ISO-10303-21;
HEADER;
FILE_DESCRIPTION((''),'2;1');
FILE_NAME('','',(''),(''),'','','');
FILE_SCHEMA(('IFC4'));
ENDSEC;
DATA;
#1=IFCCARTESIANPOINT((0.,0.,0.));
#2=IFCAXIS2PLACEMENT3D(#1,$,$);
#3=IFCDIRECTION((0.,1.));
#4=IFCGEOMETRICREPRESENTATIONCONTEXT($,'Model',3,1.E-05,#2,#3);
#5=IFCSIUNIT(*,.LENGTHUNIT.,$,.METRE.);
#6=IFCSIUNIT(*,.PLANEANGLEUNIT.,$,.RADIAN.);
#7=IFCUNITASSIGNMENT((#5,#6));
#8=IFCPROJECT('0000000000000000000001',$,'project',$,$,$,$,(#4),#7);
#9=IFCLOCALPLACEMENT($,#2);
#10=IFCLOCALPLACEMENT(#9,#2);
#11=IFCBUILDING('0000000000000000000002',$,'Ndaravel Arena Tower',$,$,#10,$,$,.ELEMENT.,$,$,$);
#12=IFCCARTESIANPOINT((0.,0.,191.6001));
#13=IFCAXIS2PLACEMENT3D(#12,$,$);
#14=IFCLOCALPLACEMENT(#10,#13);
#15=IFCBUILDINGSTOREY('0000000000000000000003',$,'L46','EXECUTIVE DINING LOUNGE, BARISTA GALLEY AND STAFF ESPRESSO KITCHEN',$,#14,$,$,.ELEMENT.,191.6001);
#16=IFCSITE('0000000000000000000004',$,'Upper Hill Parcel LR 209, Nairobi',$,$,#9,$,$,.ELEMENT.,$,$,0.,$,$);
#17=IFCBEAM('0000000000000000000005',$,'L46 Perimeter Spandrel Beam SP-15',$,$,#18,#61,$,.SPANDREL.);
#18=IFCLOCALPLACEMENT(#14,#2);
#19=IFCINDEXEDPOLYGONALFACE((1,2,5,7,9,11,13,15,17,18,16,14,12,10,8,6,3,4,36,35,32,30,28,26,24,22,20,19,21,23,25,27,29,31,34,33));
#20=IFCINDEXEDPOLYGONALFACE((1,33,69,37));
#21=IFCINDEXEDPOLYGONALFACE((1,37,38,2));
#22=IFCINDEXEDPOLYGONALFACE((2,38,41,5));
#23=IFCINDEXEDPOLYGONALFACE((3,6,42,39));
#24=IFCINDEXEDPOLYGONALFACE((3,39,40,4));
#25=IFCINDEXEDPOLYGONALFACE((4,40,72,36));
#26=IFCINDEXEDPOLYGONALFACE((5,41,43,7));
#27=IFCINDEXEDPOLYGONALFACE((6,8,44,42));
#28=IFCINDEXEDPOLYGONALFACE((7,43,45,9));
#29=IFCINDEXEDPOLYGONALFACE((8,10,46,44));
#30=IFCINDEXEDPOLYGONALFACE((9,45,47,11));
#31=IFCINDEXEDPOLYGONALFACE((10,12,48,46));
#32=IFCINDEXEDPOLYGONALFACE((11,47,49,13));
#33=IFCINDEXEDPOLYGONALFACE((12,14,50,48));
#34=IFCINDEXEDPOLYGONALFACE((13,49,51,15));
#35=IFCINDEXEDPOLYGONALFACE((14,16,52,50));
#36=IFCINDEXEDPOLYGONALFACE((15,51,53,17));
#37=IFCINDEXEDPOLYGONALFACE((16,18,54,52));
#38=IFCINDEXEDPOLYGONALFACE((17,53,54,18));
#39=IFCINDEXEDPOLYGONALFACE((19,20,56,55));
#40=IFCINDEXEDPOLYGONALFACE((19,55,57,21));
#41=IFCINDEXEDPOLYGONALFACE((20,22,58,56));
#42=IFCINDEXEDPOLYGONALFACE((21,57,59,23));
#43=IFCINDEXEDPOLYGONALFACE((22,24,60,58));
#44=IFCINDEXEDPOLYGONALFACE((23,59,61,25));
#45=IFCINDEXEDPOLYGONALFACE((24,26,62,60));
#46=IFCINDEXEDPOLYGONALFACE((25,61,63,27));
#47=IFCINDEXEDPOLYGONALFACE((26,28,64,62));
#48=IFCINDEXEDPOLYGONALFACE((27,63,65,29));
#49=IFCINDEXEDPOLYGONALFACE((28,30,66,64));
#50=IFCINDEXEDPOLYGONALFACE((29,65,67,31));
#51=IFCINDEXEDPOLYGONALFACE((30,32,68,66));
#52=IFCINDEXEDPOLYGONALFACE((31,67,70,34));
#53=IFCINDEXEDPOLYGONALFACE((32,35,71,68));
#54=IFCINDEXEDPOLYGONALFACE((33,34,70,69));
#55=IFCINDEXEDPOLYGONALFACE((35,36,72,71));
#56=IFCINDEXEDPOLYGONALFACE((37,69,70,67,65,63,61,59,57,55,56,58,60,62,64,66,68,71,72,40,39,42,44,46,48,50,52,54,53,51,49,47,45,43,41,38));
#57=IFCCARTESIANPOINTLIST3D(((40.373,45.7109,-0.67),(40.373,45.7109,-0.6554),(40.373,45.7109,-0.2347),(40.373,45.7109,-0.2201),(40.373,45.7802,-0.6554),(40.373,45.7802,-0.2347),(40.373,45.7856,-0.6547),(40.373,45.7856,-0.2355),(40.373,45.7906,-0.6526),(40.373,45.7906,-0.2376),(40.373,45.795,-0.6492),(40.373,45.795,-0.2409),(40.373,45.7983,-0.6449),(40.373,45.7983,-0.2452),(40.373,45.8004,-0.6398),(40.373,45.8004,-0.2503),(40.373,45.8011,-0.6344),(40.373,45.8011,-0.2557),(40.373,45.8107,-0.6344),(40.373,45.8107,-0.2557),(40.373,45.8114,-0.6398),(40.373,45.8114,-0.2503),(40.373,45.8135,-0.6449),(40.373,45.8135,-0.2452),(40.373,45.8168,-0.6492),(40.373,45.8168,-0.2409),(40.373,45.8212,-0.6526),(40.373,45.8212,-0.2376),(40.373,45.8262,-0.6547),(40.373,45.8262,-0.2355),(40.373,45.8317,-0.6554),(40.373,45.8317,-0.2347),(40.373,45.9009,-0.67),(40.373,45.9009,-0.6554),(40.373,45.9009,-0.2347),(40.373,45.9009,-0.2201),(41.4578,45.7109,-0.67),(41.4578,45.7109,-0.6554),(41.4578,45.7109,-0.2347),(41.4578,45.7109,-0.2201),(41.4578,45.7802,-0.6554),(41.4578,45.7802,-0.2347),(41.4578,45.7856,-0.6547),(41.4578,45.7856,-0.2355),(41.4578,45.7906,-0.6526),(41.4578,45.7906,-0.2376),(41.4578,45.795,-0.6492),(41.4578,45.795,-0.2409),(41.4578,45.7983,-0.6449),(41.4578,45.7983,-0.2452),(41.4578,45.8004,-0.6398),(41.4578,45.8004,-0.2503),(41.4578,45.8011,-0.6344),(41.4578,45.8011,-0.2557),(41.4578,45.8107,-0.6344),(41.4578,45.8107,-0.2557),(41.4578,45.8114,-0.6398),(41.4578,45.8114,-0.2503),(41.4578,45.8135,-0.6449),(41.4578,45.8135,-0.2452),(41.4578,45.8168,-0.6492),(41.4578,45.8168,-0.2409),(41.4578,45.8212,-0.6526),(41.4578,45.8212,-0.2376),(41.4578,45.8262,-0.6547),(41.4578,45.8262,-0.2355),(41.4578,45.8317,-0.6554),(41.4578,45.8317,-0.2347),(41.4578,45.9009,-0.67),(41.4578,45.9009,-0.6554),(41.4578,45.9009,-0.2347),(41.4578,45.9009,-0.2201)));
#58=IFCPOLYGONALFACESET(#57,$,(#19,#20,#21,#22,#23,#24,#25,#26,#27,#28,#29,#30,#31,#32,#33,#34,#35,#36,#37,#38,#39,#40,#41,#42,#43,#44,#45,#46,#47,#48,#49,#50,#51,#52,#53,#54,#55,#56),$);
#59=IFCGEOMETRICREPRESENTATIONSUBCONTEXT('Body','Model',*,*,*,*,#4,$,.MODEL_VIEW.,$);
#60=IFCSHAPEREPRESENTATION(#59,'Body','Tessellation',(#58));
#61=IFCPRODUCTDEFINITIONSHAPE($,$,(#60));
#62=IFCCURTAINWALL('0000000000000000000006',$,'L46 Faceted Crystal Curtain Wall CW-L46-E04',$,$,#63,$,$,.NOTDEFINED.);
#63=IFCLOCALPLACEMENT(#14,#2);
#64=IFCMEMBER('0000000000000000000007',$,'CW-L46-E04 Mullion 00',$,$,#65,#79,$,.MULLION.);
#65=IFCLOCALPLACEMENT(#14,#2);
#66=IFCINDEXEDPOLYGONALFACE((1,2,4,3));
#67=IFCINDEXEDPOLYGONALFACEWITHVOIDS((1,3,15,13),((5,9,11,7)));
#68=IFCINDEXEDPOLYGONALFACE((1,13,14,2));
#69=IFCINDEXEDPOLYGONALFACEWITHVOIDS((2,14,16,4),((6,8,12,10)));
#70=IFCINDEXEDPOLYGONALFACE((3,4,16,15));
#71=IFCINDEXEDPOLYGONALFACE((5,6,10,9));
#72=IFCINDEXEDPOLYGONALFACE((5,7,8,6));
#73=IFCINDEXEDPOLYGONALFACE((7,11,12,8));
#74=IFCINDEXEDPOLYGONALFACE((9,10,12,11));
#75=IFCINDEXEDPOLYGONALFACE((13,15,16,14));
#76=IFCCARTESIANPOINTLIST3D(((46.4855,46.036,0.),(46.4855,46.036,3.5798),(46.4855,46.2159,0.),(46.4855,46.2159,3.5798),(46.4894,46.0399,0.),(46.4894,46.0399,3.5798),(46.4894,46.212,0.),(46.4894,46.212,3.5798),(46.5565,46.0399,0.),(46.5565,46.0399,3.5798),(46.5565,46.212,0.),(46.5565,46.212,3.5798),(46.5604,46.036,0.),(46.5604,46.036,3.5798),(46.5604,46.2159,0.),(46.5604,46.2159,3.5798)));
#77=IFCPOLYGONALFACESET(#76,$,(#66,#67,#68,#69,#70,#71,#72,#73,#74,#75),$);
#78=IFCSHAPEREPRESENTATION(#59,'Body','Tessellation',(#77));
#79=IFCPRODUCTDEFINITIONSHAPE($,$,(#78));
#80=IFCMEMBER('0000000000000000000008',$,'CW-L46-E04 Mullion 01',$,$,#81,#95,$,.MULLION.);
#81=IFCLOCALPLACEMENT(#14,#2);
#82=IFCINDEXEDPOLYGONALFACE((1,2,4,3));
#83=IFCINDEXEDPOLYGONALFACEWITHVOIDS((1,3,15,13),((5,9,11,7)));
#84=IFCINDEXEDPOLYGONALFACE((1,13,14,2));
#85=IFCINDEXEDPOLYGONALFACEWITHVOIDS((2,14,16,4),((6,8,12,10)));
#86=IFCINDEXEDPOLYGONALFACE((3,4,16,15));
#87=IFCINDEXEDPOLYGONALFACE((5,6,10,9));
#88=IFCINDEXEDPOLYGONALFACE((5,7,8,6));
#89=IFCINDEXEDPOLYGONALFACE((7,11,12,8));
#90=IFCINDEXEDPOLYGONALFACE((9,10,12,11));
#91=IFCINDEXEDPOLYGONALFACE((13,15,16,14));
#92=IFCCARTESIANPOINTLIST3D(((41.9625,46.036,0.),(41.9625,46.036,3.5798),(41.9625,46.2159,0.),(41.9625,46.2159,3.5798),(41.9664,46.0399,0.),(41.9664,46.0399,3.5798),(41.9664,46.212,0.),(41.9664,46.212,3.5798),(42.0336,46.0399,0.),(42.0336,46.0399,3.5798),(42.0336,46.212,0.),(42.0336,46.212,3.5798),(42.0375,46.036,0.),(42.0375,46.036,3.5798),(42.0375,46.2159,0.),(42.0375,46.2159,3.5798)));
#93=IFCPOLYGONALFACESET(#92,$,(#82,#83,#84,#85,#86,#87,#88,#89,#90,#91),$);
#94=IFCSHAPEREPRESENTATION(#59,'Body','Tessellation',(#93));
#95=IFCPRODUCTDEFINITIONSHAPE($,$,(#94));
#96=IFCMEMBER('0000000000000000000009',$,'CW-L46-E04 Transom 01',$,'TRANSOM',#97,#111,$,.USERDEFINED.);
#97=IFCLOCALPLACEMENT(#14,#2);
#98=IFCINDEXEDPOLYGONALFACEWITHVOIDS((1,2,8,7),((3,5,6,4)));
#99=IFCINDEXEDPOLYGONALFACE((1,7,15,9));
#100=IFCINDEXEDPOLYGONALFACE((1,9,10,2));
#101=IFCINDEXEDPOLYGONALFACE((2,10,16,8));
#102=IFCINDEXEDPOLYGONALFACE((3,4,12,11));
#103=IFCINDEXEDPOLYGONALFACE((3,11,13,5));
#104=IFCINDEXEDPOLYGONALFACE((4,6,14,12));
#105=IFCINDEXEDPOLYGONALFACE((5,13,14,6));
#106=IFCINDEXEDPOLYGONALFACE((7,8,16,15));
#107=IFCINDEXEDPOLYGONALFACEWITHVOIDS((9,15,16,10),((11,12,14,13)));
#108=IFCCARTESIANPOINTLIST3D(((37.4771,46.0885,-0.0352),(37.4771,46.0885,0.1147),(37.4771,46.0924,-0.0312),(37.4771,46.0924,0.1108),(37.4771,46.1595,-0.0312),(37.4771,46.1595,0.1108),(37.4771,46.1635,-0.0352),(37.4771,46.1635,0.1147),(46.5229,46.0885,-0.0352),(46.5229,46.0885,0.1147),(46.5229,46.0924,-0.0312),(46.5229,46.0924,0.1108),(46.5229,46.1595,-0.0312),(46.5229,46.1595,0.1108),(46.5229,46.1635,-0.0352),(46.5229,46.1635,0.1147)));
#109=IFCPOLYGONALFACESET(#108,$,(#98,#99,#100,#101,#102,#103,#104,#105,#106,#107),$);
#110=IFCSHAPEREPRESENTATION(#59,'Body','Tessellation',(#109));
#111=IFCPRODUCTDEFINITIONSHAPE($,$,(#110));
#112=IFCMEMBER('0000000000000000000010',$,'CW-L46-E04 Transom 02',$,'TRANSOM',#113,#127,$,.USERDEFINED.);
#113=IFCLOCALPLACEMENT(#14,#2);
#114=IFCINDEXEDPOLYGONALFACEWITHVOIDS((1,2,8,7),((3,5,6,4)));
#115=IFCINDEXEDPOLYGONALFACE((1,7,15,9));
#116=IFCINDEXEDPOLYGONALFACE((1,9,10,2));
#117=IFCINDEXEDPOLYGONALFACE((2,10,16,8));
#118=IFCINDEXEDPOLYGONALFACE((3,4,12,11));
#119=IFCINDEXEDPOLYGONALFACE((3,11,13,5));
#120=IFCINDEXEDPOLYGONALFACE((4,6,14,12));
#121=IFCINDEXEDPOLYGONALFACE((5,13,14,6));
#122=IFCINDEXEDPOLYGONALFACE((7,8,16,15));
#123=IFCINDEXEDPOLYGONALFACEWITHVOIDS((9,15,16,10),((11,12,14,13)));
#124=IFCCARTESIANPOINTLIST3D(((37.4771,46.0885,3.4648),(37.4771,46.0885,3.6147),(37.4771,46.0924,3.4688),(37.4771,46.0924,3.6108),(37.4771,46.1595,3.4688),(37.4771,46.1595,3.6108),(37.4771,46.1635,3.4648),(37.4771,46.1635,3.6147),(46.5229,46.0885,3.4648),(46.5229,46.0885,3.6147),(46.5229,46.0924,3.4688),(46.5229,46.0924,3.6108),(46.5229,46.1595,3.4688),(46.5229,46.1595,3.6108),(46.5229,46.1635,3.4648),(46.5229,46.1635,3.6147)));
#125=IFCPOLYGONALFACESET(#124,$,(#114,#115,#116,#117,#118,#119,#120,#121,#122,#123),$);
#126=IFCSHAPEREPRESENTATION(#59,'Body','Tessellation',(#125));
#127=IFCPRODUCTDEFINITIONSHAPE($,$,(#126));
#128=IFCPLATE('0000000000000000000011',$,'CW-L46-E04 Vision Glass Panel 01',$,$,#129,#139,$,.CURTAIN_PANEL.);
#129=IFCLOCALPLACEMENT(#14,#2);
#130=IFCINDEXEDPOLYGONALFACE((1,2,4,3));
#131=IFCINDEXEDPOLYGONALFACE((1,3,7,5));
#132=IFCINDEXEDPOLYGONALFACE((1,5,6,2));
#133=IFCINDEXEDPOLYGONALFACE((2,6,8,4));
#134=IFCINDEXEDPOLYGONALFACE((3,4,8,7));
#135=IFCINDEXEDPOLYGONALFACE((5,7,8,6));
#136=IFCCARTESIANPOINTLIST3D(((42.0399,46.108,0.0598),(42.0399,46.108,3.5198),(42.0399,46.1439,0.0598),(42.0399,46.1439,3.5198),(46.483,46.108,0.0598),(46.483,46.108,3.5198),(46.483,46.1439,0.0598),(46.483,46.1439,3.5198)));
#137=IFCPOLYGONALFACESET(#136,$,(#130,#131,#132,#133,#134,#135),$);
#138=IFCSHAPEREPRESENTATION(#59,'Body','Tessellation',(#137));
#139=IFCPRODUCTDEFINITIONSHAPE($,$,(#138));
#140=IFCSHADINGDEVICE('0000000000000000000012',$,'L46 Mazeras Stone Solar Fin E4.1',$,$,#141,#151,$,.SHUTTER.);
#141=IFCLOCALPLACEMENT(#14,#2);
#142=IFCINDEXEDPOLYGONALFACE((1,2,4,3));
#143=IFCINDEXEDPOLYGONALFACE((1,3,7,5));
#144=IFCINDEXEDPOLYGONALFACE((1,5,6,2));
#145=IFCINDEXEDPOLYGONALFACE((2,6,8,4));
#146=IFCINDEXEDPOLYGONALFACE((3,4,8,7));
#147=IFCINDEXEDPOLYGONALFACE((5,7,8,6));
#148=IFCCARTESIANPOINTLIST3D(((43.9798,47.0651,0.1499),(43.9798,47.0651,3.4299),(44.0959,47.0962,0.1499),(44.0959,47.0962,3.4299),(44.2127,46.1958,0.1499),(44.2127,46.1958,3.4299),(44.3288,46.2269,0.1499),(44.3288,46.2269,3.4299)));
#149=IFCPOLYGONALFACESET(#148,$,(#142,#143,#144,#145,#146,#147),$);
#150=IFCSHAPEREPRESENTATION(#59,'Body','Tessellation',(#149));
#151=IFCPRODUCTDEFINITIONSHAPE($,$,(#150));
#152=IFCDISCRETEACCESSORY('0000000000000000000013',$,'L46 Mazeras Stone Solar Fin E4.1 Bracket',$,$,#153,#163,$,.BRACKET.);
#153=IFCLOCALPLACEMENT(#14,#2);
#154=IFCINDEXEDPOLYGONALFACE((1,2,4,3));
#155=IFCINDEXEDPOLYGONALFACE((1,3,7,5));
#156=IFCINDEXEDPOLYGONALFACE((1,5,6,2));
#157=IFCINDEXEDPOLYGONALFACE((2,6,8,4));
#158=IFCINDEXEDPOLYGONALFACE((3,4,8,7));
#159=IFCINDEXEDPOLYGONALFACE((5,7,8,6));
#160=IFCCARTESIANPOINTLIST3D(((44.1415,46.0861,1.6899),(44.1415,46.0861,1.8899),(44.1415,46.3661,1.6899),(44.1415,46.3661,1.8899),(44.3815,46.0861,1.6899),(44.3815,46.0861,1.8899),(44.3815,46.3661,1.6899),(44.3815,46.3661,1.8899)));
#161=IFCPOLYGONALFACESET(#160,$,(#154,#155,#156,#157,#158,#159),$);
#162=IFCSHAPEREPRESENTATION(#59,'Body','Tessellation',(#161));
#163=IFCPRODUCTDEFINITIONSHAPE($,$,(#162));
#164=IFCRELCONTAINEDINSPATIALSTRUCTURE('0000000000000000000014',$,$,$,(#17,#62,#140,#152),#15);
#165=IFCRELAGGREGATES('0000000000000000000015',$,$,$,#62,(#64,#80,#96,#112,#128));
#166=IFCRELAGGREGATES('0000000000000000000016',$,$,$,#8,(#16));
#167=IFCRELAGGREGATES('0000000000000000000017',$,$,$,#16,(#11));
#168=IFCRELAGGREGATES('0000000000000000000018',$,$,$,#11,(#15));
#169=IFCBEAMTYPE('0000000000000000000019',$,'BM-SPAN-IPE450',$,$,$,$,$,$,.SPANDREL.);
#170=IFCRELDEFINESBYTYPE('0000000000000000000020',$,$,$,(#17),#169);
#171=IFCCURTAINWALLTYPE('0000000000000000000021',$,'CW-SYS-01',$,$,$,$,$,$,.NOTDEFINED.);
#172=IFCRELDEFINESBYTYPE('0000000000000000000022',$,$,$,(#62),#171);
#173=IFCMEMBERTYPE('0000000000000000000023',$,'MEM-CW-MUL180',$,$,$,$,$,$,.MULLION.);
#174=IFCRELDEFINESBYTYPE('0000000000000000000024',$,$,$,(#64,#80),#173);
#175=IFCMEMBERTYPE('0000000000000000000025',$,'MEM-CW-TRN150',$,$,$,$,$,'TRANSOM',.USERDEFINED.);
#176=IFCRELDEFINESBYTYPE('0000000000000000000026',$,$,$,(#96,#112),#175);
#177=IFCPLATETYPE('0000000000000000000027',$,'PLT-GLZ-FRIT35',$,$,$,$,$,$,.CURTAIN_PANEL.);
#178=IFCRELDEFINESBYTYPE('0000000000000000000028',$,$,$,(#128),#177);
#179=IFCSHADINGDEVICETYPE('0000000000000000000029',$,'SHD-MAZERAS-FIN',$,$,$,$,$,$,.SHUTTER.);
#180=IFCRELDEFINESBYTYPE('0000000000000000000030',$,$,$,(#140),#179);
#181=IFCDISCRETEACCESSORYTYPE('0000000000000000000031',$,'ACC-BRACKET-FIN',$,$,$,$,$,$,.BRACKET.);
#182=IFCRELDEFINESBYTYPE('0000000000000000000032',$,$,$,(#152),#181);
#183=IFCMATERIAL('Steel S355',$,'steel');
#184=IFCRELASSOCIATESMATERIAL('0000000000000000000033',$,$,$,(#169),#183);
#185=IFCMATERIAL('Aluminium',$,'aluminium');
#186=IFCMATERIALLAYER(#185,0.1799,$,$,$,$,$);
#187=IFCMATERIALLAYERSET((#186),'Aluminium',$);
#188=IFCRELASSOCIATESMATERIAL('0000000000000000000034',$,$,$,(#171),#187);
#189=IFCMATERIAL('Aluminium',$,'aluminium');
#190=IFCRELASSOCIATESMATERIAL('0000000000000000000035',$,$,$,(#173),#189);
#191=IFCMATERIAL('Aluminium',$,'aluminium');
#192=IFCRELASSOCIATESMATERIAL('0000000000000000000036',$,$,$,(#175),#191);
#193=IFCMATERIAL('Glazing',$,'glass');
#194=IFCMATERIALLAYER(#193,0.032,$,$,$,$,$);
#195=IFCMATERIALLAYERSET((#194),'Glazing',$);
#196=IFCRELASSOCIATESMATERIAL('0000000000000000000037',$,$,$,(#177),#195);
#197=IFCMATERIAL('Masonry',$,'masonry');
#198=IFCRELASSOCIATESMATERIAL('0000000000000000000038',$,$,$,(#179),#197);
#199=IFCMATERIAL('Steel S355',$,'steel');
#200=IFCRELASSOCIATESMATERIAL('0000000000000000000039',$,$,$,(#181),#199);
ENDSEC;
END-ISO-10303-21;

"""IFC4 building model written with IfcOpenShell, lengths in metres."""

from ifc_helpers import new_model, si_unit, direction, frame, origin, origin_2d, place, context, subcontext, project, spatial, rectangle, hollow_rectangle, i_section, extrude, material, layer, layer_set, material_profile, profile_set, type_object, element, aggregate, save


model = new_model("IFC4")

# Units and contexts
model_context = context("Model", 3, precision=1e-05, world=origin(), true_north=direction((0.0, 1.0)))
body_context = subcontext(model_context, "Body", "Model", "MODEL_VIEW")
ifc_project = project(units=[si_unit("LENGTHUNIT", "METRE"), si_unit("PLANEANGLEUNIT", "RADIAN")], contexts=[model_context])

# Site, building, storey
site_placement = place(None, origin())
site = spatial("IfcSite", under=ifc_project, at=site_placement, Name="Upper Hill Parcel LR 209, Nairobi", CompositionType="ELEMENT", RefElevation=0.0)
building_placement = place(site_placement, origin())
building = spatial("IfcBuilding", under=site, at=building_placement, Name="Ndaravel Arena Tower", CompositionType="ELEMENT")
storey_placement = place(building_placement, frame((0.0, 0.0, 191.6001)))
storey = spatial("IfcBuildingStorey", under=building, at=storey_placement, Name="L46", Description="EXECUTIVE DINING LOUNGE, BARISTA GALLEY AND STAFF ESPRESSO KITCHEN", CompositionType="ELEMENT", Elevation=191.6001)

# Beam
ifc_material_1 = material(Name="Steel S355", Category="steel")
ifc_material_profile_1 = material_profile(ifc_material_1, i_section(OverallWidth=0.1899, OverallDepth=0.45, WebThickness=0.0095, FlangeThickness=0.0146, FilletRadius=0.021, at=origin_2d()), Name="IPE 450")
ifc_profile_set_1 = profile_set([ifc_material_profile_1], Name="Steel S355")
beam_type_1 = type_object("IfcBeamType", Name="BM-SPAN-IPE450", PredefinedType="SPANDREL", material=ifc_profile_set_1)
beam_1_placement = place(storey_placement, frame((41.4578, 45.8059, -0.4451), z_axis=(-1.0, 0.0, 0.0), x_axis=(0.0, -1.0, 0.0)))
element("IfcBeam", 1, at=beam_1_placement, inside=storey, type_object=beam_type_1, Name="L46 Perimeter Spandrel Beam SP-15", PredefinedType="SPANDREL", context=body_context, shape_type="SweptSolid", body=[
    extrude(i_section(OverallWidth=0.1899, OverallDepth=0.45, WebThickness=0.0095, FlangeThickness=0.0146, FilletRadius=0.021, at=origin_2d()), origin(), (0.0, 0.0, 1.0), 1.0847),
])

# Curtain wall, members, plate
ifc_material_2 = material(Name="Aluminium", Category="aluminium")
ifc_layer_1 = layer(ifc_material_2, 0.1799)
ifc_layer_set_1 = layer_set([ifc_layer_1], Name="Aluminium")
curtain_wall_type = type_object("IfcCurtainWallType", Name="CW-SYS-01", PredefinedType="NOTDEFINED", material=ifc_layer_set_1)
curtain_wall_placement = place(storey_placement, origin())
curtain_wall = element("IfcCurtainWall", 2, at=curtain_wall_placement, inside=storey, type_object=curtain_wall_type, Name="L46 Faceted Crystal Curtain Wall CW-L46-E04", PredefinedType="NOTDEFINED")
ifc_material_3 = material(Name="Aluminium", Category="aluminium")
ifc_material_profile_2 = material_profile(ifc_material_3, hollow_rectangle(XDim=0.075, YDim=0.1799, WallThickness=0.0039, at=origin_2d()), Name="CW MULLION 75x180x4")
ifc_profile_set_2 = profile_set([ifc_material_profile_2], Name="Aluminium")
member_type_1 = type_object("IfcMemberType", Name="MEM-CW-MUL180", PredefinedType="MULLION", material=ifc_profile_set_2)
member_1_placement = place(storey_placement, frame((46.5229, 46.126, 0.0), z_axis=(0.0, 0.0, 1.0), x_axis=(-1.0, 0.0, 0.0)))
member_1 = element("IfcMember", 3, at=member_1_placement, type_object=member_type_1, Name="CW-L46-E04 Mullion 00", PredefinedType="MULLION", context=body_context, shape_type="SweptSolid", body=[
    extrude(hollow_rectangle(XDim=0.075, YDim=0.1799, WallThickness=0.0039, at=origin_2d()), origin(), (0.0, 0.0, 1.0), 3.5798),
])
member_2_placement = place(storey_placement, frame((42.0, 46.126, 0.0), z_axis=(0.0, 0.0, 1.0), x_axis=(-1.0, 0.0, 0.0)))
member_2 = element("IfcMember", 4, at=member_2_placement, type_object=member_type_1, Name="CW-L46-E04 Mullion 01", PredefinedType="MULLION", context=body_context, shape_type="SweptSolid", body=[
    extrude(hollow_rectangle(XDim=0.075, YDim=0.1799, WallThickness=0.0039, at=origin_2d()), origin(), (0.0, 0.0, 1.0), 3.5798),
])
ifc_material_4 = material(Name="Aluminium", Category="aluminium")
ifc_material_profile_3 = material_profile(ifc_material_4, hollow_rectangle(XDim=0.075, YDim=0.1499, WallThickness=0.0039, at=origin_2d()), Name="CW TRANSOM 75x150x4")
ifc_profile_set_3 = profile_set([ifc_material_profile_3], Name="Aluminium")
member_type_2 = type_object("IfcMemberType", Name="MEM-CW-TRN150", ElementType="TRANSOM", PredefinedType="USERDEFINED", material=ifc_profile_set_3)
member_3_placement = place(storey_placement, frame((46.5229, 46.126, 0.0398), z_axis=(-1.0, 0.0, 0.0), x_axis=(0.0, -1.0, 0.0)))
member_3 = element("IfcMember", 5, at=member_3_placement, type_object=member_type_2, Name="CW-L46-E04 Transom 01", ObjectType="TRANSOM", PredefinedType="USERDEFINED", context=body_context, shape_type="SweptSolid", body=[
    extrude(hollow_rectangle(XDim=0.075, YDim=0.1499, WallThickness=0.0039, at=origin_2d()), origin(), (0.0, 0.0, 1.0), 9.0459),
])
member_4_placement = place(storey_placement, frame((46.5229, 46.126, 3.5398), z_axis=(-1.0, 0.0, 0.0), x_axis=(0.0, -1.0, 0.0)))
member_4 = element("IfcMember", 6, at=member_4_placement, type_object=member_type_2, Name="CW-L46-E04 Transom 02", ObjectType="TRANSOM", PredefinedType="USERDEFINED", context=body_context, shape_type="SweptSolid", body=[
    extrude(hollow_rectangle(XDim=0.075, YDim=0.1499, WallThickness=0.0039, at=origin_2d()), origin(), (0.0, 0.0, 1.0), 9.0459),
])
ifc_material_5 = material(Name="Glazing", Category="glass")
ifc_layer_2 = layer(ifc_material_5, 0.032)
ifc_layer_set_2 = layer_set([ifc_layer_2], Name="Glazing")
plate_type = type_object("IfcPlateType", Name="PLT-GLZ-FRIT35", PredefinedType="CURTAIN_PANEL", material=ifc_layer_set_2)
plate_placement = place(storey_placement, frame((44.2615, 46.126, 0.0598), z_axis=(0.0, 0.0, 1.0), x_axis=(-1.0, 0.0, 0.0)))
plate = element("IfcPlate", 7, at=plate_placement, type_object=plate_type, Name="CW-L46-E04 Vision Glass Panel 01", PredefinedType="CURTAIN_PANEL", context=body_context, shape_type="SweptSolid", body=[
    extrude(rectangle(XDim=4.4431, YDim=0.0359, at=origin_2d()), origin(), (0.0, 0.0, 1.0), 3.46),
])
aggregate(curtain_wall, [member_1, member_2, member_3, member_4, plate])

# Shading device
ifc_material_6 = material(Name="Masonry", Category="masonry")
shading_device_type = type_object("IfcShadingDeviceType", Name="SHD-MAZERAS-FIN", PredefinedType="SHUTTER", material=ifc_material_6)
shading_device_placement = place(storey_placement, frame((44.1543, 46.646, 0.1499), z_axis=(0.0, 0.0, 1.0), x_axis=(-0.258819, 0.965926, 0.0)))
element("IfcShadingDevice", 8, at=shading_device_placement, inside=storey, type_object=shading_device_type, Name="L46 Mazeras Stone Solar Fin E4.1", PredefinedType="SHUTTER", context=body_context, shape_type="SweptSolid", body=[
    extrude(rectangle(XDim=0.8999, YDim=0.1201, at=origin_2d()), origin(), (0.0, 0.0, 1.0), 3.28),
])

# Discrete accessory
ifc_material_7 = material(Name="Steel S355", Category="steel")
discrete_accessory_type = type_object("IfcDiscreteAccessoryType", Name="ACC-BRACKET-FIN", PredefinedType="BRACKET", material=ifc_material_7)
discrete_accessory_placement = place(storey_placement, frame((44.2615, 46.2261, 1.6899), z_axis=(0.0, 0.0, 1.0), x_axis=(0.0, 1.0, 0.0)))
element("IfcDiscreteAccessory", 9, at=discrete_accessory_placement, inside=storey, type_object=discrete_accessory_type, Name="L46 Mazeras Stone Solar Fin E4.1 Bracket", PredefinedType="BRACKET", context=body_context, shape_type="SweptSolid", body=[
    extrude(rectangle(XDim=0.28, YDim=0.24, at=origin_2d()), origin(), (0.0, 0.0, 1.0), 0.2),
])

save(model, "model.ifc")
